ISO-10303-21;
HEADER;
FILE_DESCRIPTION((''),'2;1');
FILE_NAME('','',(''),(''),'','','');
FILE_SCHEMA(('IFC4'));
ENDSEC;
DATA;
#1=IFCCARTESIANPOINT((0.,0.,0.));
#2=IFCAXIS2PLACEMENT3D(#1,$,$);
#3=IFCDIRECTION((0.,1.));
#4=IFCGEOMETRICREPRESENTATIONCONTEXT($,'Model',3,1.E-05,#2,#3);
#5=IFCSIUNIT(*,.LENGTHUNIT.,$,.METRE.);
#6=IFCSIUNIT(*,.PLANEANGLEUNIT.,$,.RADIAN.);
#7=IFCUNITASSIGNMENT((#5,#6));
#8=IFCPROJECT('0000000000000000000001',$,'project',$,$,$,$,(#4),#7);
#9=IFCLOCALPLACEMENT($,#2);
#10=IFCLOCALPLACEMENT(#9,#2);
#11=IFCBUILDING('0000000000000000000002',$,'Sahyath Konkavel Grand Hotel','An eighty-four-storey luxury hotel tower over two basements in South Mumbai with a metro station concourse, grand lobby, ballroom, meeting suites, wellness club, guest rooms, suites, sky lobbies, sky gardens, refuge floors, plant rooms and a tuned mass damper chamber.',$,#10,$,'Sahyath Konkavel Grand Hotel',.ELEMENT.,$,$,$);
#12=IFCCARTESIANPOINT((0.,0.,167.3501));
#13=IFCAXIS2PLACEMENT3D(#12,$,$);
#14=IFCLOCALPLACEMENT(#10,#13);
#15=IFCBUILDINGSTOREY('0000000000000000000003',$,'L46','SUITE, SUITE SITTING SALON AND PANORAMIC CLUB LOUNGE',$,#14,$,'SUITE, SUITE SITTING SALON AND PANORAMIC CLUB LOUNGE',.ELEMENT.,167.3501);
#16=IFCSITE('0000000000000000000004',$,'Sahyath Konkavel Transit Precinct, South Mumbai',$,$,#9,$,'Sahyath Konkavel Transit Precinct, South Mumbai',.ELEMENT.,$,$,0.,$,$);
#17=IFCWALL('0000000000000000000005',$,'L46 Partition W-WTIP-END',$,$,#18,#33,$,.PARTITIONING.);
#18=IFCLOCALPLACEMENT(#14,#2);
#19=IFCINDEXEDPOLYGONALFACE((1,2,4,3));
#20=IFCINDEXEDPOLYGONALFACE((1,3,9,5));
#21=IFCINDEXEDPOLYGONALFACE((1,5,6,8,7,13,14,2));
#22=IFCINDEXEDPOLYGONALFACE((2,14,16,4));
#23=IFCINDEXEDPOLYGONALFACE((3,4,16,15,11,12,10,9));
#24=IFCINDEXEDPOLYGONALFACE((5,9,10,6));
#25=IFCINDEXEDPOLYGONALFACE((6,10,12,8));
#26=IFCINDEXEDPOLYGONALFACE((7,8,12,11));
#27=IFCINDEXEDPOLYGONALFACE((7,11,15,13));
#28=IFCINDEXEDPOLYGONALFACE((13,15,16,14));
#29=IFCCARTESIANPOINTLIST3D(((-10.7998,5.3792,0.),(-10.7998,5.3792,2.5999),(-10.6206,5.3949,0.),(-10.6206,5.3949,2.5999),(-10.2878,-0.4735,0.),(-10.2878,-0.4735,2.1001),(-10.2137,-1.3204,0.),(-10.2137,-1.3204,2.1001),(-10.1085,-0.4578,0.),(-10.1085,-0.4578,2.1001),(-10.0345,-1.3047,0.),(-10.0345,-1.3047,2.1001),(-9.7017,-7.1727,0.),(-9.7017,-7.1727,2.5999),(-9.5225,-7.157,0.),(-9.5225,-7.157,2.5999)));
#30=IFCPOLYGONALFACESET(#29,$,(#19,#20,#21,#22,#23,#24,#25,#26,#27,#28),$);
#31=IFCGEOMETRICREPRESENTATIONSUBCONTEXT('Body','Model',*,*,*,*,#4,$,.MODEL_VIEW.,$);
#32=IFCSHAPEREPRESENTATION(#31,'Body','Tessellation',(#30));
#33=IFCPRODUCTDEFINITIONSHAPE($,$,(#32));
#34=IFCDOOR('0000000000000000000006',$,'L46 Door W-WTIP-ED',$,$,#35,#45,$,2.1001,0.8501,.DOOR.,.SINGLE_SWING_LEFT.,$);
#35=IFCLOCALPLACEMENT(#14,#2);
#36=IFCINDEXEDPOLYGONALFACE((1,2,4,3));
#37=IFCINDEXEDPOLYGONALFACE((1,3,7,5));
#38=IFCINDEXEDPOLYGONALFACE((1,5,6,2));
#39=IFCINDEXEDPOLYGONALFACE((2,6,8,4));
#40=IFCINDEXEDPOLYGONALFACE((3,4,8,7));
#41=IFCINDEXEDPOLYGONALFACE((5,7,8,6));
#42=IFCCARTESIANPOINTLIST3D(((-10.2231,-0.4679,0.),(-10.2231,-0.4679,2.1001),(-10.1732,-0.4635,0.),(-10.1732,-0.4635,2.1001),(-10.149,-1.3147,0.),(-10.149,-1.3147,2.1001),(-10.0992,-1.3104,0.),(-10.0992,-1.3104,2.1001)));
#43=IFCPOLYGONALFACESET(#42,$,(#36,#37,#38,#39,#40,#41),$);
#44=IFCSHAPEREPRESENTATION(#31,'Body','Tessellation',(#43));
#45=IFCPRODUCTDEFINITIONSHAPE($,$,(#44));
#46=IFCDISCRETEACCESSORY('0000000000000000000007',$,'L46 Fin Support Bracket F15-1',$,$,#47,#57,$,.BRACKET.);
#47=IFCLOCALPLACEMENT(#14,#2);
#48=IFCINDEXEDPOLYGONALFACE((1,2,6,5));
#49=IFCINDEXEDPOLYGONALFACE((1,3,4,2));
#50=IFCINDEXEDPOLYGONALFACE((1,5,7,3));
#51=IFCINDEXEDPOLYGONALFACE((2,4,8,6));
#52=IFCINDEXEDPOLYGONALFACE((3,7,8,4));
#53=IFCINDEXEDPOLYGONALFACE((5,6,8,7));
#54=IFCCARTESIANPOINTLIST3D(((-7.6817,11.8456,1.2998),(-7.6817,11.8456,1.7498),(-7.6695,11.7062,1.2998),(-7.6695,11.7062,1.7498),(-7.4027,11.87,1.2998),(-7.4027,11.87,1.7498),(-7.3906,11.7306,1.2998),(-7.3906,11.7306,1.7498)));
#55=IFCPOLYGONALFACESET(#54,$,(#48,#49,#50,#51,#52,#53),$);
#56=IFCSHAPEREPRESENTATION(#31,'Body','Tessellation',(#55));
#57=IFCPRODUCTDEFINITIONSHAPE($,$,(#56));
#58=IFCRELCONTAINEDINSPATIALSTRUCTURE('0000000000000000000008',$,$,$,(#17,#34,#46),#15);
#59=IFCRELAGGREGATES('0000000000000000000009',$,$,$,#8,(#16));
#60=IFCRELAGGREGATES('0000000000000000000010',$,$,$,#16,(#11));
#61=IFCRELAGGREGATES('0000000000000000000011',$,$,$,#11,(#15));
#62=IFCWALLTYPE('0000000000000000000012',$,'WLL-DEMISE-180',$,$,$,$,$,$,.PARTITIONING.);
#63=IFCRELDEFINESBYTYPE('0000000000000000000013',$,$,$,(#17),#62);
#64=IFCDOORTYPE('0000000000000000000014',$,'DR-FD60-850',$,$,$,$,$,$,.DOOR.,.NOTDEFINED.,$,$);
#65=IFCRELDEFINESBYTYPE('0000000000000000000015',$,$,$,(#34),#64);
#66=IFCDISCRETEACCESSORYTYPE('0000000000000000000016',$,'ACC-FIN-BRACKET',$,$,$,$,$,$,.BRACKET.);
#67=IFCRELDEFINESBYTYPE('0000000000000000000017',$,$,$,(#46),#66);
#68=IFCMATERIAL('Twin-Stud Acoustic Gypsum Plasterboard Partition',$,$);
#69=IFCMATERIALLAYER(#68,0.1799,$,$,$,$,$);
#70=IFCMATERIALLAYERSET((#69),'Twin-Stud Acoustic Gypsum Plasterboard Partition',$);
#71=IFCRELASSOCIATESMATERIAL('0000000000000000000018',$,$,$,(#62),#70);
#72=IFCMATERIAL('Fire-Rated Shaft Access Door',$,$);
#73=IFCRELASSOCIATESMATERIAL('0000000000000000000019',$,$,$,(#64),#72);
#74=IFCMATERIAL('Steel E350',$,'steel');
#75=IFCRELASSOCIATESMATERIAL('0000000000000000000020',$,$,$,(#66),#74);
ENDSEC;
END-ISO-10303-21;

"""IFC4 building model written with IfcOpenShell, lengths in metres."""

from ifc_helpers import new_model, si_unit, direction, frame, frame_2d, origin, origin_2d, place, context, subcontext, project, spatial, rectangle, extrude, source, transform, mapped, material, layer, layer_set, type_object, element, fill, save


model = new_model("IFC4")

# Units and contexts
model_context = context("Model", 3, precision=1e-05, world=origin(), true_north=direction((0.0, 1.0)))
body_context = subcontext(model_context, "Body", "Model", "MODEL_VIEW")
ifc_project = project(units=[si_unit("LENGTHUNIT", "METRE"), si_unit("PLANEANGLEUNIT", "RADIAN")], contexts=[model_context])

# Site, building, storey
site_placement = place(None, origin())
site = spatial("IfcSite", under=ifc_project, at=site_placement, Name="Sahyath Konkavel Transit Precinct, South Mumbai", LongName="Sahyath Konkavel Transit Precinct, South Mumbai", CompositionType="ELEMENT", RefElevation=0.0)
building_placement = place(site_placement, origin())
building = spatial("IfcBuilding", under=site, at=building_placement, Name="Sahyath Konkavel Grand Hotel", Description="An eighty-four-storey luxury hotel tower over two basements in South Mumbai with a metro station concourse, grand lobby, ballroom, meeting suites, wellness club, guest rooms, suites, sky lobbies, sky gardens, refuge floors, plant rooms and a tuned mass damper chamber.", LongName="Sahyath Konkavel Grand Hotel", CompositionType="ELEMENT")
storey_placement = place(building_placement, frame((0.0, 0.0, 167.3501)))
storey = spatial("IfcBuildingStorey", under=building, at=storey_placement, Name="L46", Description="SUITE, SUITE SITTING SALON AND PANORAMIC CLUB LOUNGE", LongName="SUITE, SUITE SITTING SALON AND PANORAMIC CLUB LOUNGE", CompositionType="ELEMENT", Elevation=167.3501)

# Shared definitions
ifc_material_1 = material(Name="Steel E350", Category="steel")

# Shared definitions
ifc_material_2 = material(Name="Twin-Stud Acoustic Gypsum Plasterboard Partition")
ifc_layer_1 = layer(ifc_material_2, 0.1799)
ifc_layer_set_1 = layer_set([ifc_layer_1], Name="Twin-Stud Acoustic Gypsum Plasterboard Partition")
wall_type_1 = type_object("IfcWallType", Name="WLL-DEMISE-180", PredefinedType="PARTITIONING", material=ifc_layer_set_1)

# Wall, opening, door
wall_1_placement = place(storey_placement, frame((-10.7102, 5.387, 0.0), z_axis=(0.0, 0.0, 1.0), x_axis=(0.087155, -0.996195, 0.0)))
wall_1 = element("IfcWall", 1, at=wall_1_placement, inside=storey, type_object=wall_type_1, Name="L46 Partition W-WTIP-END", PredefinedType="PARTITIONING", context=body_context, shape_type="SweptSolid", body=[
    extrude(rectangle(XDim=12.5999, YDim=0.1799, at=frame_2d((6.2998, 0.0))), origin(), (0.0, 0.0, 1.0), 2.5999),
])
opening_placement = place(wall_1_placement, frame((5.875, 0.0, 0.0)))
opening = element("IfcOpeningElement", 2, at=opening_placement, cuts=wall_1, PredefinedType="OPENING", context=body_context, shape_type="SweptSolid", body=[
    extrude(rectangle(XDim=0.8501, YDim=2.1001, at=frame_2d((0.425, 1.05))), frame((0.0, 0.1001, 0.0), z_axis=(0.0, -1.0, 0.0), x_axis=(1.0, 0.0, 0.0)), (0.0, 0.0, 1.0), 0.2),
])
ifc_material_3 = material(Name="Fire-Rated Shaft Access Door")
door_type = type_object("IfcDoorType", Name="DR-FD60-850", OperationType="NOTDEFINED", PredefinedType="DOOR", material=ifc_material_3)
shared_shape_1 = source(origin(), body_context, "Body", "SweptSolid", [
    extrude(rectangle(XDim=0.8501, YDim=0.05, at=origin_2d()), origin(), (0.0, 0.0, 1.0), 2.1001),
])
door_placement = place(opening_placement, frame((0.425, 0.0, 0.0)))
door = element("IfcDoor", 3, at=door_placement, inside=storey, type_object=door_type, Name="L46 Door W-WTIP-ED", OperationType="SINGLE_SWING_LEFT", OverallHeight=2.1001, OverallWidth=0.8501, PredefinedType="DOOR", context=body_context, shape_type="MappedRepresentation", body=[
    mapped(shared_shape_1, transform((0.0, 0.0, 0.0), scale=1.0)),
])
fill(opening, door)

# Discrete accessory
discrete_accessory_type = type_object("IfcDiscreteAccessoryType", Name="ACC-FIN-BRACKET", PredefinedType="BRACKET", material=ifc_material_1)
shared_shape_2 = source(origin(), body_context, "Body", "SweptSolid", [
    extrude(rectangle(XDim=0.28, YDim=0.1399, at=origin_2d()), origin(), (0.0, 0.0, 1.0), 0.45),
])
discrete_accessory_placement = place(storey_placement, frame((-7.5361, 11.7881, 1.2998), z_axis=(0.0, 0.0, 1.0), x_axis=(-0.996195, -0.087156, 0.0)))
element("IfcDiscreteAccessory", 4, at=discrete_accessory_placement, inside=storey, type_object=discrete_accessory_type, Name="L46 Fin Support Bracket F15-1", PredefinedType="BRACKET", context=body_context, shape_type="MappedRepresentation", body=[
    mapped(shared_shape_2, transform((0.0, 0.0, 0.0), scale=1.0)),
])

save(model, "model.ifc")
